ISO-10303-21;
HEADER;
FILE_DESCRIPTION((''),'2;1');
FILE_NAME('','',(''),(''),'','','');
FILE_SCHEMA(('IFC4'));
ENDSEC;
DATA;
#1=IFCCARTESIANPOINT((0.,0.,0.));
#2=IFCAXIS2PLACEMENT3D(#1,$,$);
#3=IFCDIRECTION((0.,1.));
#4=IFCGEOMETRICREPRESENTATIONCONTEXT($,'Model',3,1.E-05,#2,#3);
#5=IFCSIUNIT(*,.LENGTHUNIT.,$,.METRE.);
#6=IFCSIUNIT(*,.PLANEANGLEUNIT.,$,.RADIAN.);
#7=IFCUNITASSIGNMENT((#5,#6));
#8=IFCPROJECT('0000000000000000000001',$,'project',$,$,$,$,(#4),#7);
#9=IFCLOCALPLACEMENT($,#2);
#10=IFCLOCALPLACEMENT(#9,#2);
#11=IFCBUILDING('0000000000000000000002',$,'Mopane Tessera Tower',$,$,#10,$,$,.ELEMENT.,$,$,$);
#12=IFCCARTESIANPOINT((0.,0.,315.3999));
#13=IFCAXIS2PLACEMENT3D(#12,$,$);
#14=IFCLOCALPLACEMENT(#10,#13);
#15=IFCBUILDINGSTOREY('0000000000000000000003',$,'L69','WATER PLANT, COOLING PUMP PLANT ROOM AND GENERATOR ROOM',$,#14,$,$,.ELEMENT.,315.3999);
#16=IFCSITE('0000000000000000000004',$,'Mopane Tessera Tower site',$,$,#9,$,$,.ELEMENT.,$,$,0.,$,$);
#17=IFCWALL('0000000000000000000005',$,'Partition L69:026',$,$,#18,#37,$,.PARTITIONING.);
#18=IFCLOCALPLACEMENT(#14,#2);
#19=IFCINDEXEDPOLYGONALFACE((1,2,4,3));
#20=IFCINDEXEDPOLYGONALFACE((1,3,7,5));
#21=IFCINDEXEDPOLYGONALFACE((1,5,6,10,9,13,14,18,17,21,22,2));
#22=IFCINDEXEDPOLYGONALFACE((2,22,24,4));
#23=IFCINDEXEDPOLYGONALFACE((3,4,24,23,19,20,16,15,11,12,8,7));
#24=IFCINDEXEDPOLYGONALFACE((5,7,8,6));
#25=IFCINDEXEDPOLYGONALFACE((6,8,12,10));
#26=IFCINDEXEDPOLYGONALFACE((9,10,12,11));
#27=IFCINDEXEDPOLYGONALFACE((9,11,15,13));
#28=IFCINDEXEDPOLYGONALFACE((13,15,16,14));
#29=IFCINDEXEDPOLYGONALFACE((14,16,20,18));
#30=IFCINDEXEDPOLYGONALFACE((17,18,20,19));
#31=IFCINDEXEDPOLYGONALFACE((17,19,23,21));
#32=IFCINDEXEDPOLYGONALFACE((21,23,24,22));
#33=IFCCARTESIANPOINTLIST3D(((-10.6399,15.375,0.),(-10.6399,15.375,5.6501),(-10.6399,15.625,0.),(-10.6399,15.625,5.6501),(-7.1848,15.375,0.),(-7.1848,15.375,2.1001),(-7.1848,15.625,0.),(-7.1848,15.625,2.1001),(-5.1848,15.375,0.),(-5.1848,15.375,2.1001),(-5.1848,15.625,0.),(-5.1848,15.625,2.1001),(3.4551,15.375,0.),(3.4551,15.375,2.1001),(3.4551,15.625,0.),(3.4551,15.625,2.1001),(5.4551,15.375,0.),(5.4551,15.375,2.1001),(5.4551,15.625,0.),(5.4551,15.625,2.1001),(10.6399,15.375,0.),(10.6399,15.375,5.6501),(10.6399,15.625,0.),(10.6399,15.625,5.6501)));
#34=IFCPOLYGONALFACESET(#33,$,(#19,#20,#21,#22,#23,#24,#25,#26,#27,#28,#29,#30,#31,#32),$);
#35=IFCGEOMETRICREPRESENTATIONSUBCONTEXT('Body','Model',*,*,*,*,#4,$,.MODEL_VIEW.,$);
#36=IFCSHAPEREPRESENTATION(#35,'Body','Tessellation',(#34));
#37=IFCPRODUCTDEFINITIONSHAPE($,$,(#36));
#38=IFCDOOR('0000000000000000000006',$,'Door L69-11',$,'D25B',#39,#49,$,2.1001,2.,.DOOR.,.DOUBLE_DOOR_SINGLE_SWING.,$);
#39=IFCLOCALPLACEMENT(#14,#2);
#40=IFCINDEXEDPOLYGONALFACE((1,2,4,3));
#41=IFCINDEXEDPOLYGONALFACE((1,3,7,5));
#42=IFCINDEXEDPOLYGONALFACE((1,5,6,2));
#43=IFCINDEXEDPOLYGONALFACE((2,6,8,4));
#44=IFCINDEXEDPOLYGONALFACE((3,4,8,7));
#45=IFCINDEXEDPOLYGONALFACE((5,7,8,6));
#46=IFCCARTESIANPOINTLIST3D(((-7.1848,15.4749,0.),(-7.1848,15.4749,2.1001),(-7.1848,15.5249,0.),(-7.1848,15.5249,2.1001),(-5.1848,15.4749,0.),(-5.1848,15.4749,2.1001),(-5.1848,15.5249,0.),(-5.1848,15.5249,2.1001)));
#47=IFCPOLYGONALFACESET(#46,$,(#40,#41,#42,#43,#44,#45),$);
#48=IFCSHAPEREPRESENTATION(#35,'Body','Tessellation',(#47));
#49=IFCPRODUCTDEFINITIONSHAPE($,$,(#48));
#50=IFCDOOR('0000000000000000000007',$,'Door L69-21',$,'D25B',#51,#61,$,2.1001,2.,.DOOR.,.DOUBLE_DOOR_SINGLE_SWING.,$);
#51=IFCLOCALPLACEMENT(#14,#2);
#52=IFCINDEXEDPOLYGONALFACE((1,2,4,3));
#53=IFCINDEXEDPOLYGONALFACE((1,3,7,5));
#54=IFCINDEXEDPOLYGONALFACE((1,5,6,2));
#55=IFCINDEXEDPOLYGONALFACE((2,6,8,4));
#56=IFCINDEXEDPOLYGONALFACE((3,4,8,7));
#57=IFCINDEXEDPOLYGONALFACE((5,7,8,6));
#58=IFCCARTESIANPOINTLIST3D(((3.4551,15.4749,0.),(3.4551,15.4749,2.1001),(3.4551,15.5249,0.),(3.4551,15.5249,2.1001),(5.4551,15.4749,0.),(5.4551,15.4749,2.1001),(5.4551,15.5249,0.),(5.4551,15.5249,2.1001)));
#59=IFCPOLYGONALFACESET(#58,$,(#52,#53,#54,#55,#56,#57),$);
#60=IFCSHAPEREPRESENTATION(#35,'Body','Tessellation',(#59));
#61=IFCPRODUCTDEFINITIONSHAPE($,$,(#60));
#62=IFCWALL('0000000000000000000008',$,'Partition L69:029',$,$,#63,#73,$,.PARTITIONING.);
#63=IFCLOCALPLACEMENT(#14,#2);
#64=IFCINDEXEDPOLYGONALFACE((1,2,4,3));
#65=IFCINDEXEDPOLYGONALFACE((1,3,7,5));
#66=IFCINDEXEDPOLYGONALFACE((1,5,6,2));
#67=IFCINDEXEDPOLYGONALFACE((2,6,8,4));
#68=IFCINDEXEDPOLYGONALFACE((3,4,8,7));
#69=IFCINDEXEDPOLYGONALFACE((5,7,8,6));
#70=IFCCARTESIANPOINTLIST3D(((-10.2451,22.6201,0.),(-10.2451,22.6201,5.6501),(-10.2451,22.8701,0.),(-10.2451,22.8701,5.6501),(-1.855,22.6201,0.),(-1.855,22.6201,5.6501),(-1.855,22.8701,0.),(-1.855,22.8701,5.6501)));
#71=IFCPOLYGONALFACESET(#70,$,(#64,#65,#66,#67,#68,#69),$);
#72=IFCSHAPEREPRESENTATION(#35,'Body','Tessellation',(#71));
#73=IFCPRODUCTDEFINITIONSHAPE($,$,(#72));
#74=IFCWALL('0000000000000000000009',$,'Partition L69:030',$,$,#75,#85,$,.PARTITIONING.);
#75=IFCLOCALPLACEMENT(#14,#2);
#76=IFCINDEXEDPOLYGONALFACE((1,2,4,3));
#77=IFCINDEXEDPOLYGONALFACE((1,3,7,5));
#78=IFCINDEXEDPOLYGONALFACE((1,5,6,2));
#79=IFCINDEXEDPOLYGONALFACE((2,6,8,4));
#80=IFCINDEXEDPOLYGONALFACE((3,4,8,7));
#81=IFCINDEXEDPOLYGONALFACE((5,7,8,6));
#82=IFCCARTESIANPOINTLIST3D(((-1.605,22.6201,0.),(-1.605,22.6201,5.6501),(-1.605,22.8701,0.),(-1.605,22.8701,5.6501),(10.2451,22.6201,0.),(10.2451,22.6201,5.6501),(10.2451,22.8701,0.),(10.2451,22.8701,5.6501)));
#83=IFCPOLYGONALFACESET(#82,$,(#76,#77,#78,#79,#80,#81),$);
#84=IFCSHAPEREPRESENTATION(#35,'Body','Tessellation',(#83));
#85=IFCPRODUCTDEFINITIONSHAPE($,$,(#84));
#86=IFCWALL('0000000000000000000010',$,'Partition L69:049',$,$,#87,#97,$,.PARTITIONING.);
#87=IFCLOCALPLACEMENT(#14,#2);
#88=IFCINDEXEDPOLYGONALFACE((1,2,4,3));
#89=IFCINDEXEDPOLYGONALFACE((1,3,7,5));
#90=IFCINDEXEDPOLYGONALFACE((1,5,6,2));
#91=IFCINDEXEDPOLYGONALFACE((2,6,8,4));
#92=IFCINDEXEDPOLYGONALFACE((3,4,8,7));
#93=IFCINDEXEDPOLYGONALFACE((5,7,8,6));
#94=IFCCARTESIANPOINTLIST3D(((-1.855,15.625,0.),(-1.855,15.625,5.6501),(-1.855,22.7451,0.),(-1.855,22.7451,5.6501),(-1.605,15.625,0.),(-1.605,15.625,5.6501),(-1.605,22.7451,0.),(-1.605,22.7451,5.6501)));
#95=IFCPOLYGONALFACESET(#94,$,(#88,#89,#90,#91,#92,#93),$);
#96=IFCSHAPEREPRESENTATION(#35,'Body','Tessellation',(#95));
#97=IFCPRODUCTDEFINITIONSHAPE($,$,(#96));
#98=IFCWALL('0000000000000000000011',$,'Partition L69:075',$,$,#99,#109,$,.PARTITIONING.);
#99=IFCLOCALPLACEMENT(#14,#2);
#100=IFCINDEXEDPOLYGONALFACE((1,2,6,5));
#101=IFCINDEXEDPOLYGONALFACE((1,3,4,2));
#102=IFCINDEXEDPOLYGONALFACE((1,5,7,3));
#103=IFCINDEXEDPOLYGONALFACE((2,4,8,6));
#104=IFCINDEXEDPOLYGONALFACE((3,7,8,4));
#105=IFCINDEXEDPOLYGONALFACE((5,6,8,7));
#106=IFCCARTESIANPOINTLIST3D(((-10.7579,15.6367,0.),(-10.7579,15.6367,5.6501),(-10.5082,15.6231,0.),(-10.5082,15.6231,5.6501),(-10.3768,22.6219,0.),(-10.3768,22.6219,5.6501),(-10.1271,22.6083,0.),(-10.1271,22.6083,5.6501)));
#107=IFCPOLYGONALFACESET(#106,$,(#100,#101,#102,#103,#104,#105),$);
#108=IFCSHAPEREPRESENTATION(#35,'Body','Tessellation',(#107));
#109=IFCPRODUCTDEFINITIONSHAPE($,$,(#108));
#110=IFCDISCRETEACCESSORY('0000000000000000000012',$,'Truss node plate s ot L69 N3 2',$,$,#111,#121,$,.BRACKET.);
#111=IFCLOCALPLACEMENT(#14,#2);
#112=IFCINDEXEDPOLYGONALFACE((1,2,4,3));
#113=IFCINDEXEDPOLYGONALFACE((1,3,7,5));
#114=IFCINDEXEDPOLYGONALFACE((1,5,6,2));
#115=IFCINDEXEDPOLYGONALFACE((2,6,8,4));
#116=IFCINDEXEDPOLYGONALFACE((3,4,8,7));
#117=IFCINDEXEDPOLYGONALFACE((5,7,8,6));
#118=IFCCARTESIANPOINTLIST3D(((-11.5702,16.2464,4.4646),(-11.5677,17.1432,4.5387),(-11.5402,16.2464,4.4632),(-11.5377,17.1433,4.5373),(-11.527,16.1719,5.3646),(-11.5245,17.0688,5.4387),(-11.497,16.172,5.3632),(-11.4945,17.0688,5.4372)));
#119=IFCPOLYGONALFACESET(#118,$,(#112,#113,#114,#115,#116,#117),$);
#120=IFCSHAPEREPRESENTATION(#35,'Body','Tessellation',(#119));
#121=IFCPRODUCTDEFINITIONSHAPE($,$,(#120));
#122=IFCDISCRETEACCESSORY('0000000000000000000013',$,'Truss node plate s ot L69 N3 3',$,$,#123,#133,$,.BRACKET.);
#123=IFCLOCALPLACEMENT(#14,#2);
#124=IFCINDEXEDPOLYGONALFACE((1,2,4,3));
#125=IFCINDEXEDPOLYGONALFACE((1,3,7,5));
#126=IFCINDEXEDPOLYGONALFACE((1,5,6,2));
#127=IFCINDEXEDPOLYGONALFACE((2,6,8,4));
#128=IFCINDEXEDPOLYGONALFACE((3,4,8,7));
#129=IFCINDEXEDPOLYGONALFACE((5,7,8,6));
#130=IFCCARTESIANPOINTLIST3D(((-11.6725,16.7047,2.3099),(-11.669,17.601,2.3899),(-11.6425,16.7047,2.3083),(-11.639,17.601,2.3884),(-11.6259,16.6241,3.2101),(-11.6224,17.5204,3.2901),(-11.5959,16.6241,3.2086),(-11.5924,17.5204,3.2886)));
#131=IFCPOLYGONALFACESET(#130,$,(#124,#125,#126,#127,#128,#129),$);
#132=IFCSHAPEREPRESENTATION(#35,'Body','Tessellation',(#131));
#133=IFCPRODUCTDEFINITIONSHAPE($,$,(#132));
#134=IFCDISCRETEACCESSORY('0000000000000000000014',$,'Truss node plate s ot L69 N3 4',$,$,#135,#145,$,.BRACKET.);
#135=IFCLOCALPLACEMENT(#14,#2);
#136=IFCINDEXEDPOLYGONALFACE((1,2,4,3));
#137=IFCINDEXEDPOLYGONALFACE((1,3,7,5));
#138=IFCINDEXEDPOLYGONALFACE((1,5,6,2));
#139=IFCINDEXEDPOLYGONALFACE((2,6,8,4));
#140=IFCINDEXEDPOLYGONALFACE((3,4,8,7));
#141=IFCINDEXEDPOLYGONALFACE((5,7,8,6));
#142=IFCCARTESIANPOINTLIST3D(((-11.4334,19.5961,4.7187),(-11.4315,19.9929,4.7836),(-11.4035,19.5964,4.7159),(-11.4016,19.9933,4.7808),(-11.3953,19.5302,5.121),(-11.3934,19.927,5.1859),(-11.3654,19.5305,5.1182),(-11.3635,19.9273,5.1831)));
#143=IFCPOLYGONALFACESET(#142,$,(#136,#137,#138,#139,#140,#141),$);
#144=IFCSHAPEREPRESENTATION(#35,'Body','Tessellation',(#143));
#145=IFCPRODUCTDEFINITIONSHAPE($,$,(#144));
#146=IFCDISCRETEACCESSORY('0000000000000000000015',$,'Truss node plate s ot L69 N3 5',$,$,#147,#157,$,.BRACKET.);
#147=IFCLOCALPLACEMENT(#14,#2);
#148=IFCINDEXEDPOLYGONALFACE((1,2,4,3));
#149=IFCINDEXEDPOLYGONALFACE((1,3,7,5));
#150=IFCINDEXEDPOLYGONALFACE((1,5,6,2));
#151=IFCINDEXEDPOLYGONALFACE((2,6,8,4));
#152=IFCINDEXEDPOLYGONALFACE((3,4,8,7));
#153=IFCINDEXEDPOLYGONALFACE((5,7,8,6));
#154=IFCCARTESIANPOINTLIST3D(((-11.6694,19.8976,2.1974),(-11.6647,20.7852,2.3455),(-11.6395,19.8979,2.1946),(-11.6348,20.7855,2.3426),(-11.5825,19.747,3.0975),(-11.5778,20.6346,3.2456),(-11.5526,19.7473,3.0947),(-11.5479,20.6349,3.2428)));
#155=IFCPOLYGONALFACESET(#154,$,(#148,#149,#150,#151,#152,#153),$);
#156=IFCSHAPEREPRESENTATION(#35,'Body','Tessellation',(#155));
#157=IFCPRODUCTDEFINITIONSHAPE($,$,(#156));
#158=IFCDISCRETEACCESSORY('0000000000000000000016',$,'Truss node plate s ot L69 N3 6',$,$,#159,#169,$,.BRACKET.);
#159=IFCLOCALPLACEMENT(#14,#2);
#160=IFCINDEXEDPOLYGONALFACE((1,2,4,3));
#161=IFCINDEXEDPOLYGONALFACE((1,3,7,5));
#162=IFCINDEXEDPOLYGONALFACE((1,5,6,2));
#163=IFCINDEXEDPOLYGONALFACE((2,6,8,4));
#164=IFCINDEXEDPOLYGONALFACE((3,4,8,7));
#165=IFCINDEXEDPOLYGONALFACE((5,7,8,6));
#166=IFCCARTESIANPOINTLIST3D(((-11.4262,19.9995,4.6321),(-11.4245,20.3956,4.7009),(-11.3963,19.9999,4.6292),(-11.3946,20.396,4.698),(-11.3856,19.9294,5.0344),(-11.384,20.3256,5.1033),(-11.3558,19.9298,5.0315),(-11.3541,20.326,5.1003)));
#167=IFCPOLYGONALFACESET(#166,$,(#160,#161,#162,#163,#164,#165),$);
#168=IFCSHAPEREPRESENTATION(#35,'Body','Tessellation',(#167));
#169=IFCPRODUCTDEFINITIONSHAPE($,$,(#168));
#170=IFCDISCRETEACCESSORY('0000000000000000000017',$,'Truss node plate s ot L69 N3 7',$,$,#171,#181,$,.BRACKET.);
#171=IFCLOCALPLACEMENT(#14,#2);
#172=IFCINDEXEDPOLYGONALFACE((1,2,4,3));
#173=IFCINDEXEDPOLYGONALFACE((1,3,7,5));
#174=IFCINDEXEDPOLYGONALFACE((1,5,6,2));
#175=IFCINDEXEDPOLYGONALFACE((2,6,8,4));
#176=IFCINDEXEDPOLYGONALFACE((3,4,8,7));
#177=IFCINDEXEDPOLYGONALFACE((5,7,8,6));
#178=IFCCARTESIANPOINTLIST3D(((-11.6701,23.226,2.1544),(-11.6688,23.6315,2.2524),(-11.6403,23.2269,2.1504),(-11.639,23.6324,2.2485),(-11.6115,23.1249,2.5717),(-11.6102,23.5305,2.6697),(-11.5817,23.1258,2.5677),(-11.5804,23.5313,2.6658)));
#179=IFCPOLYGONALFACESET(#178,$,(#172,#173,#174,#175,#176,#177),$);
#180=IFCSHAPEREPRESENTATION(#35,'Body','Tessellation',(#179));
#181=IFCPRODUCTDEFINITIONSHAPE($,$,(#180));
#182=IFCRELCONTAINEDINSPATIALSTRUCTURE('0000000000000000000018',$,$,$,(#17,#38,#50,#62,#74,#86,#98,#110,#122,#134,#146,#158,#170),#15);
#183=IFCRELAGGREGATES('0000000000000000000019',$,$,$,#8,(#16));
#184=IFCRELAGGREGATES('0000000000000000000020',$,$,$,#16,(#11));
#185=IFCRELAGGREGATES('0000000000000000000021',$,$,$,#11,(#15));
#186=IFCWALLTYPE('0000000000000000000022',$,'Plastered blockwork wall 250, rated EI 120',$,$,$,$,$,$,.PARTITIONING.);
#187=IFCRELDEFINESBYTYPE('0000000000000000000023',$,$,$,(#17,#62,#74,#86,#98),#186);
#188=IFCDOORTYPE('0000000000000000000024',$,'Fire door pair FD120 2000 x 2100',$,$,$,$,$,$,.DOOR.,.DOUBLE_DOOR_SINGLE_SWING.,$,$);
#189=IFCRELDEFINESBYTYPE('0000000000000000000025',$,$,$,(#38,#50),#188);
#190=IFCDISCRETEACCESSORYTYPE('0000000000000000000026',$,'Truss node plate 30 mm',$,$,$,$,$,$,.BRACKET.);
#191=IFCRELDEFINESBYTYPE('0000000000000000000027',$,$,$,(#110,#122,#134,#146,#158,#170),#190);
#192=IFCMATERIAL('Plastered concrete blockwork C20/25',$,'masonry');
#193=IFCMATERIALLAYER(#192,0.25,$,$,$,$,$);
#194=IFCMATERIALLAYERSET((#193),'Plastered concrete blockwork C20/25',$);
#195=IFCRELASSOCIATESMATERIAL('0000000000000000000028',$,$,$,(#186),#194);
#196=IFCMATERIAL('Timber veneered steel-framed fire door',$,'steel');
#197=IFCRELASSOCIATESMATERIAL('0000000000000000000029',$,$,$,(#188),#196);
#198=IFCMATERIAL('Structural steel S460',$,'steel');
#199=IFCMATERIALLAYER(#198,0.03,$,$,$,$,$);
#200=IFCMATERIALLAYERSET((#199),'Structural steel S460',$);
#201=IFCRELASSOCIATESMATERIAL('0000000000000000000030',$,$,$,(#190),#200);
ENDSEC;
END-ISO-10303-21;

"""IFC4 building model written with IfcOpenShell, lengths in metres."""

from ifc_helpers import new_model, si_unit, direction, frame, frame_2d, origin, origin_2d, place, context, subcontext, project, spatial, rectangle, extrude, material, layer, layer_set, type_object, element, fill, save


model = new_model("IFC4")

# Units and contexts
model_context = context("Model", 3, precision=1e-05, world=origin(), true_north=direction((0.0, 1.0)))
body_context = subcontext(model_context, "Body", "Model", "MODEL_VIEW")
ifc_project = project(units=[si_unit("LENGTHUNIT", "METRE"), si_unit("PLANEANGLEUNIT", "RADIAN")], contexts=[model_context])

# Site, building, storey
site_placement = place(None, origin())
site = spatial("IfcSite", under=ifc_project, at=site_placement, Name="Mopane Tessera Tower site", CompositionType="ELEMENT", RefElevation=0.0)
building_placement = place(site_placement, origin())
building = spatial("IfcBuilding", under=site, at=building_placement, Name="Mopane Tessera Tower", CompositionType="ELEMENT")
storey_placement = place(building_placement, frame((0.0, 0.0, 315.3999)))
storey = spatial("IfcBuildingStorey", under=building, at=storey_placement, Name="L69", Description="WATER PLANT, COOLING PUMP PLANT ROOM AND GENERATOR ROOM", CompositionType="ELEMENT", Elevation=315.3999)

# Wall, openings, doors
ifc_material_1 = material(Name="Plastered concrete blockwork C20/25", Category="masonry")
ifc_layer_1 = layer(ifc_material_1, 0.25)
ifc_layer_set_1 = layer_set([ifc_layer_1], Name="Plastered concrete blockwork C20/25")
wall_type = type_object("IfcWallType", Name="Plastered blockwork wall 250, rated EI 120", PredefinedType="PARTITIONING", material=ifc_layer_set_1)
wall_1_placement = place(storey_placement, frame((-10.6399, 15.5, 0.0), z_axis=(0.0, 0.0, 1.0), x_axis=(1.0, 0.0, 0.0)))
wall_1 = element("IfcWall", 1, at=wall_1_placement, inside=storey, type_object=wall_type, Name="Partition L69:026", PredefinedType="PARTITIONING", context=body_context, shape_type="SweptSolid", body=[
    extrude(rectangle(XDim=21.2798, YDim=0.25, at=frame_2d((10.6399, 0.0))), origin(), (0.0, 0.0, 1.0), 5.6501),
])
opening_1_placement = place(wall_1_placement, frame((3.4551, 0.0, 0.0)))
opening_1 = element("IfcOpeningElement", 2, at=opening_1_placement, cuts=wall_1, PredefinedType="OPENING", context=body_context, shape_type="SweptSolid", body=[
    extrude(rectangle(XDim=2.0, YDim=2.1001, at=frame_2d((1.0, 1.05))), frame((0.0, 0.137, 0.0), z_axis=(0.0, -1.0, 0.0), x_axis=(1.0, 0.0, 0.0)), (0.0, 0.0, 1.0), 0.2739),
])
opening_2_placement = place(wall_1_placement, frame((14.095, 0.0, 0.0)))
opening_2 = element("IfcOpeningElement", 3, at=opening_2_placement, cuts=wall_1, PredefinedType="OPENING", context=body_context, shape_type="SweptSolid", body=[
    extrude(rectangle(XDim=2.0, YDim=2.1001, at=frame_2d((1.0, 1.05))), frame((0.0, 0.137, 0.0), z_axis=(0.0, -1.0, 0.0), x_axis=(1.0, 0.0, 0.0)), (0.0, 0.0, 1.0), 0.2739),
])
ifc_material_2 = material(Name="Timber veneered steel-framed fire door", Category="steel")
door_type = type_object("IfcDoorType", Name="Fire door pair FD120 2000 x 2100", OperationType="DOUBLE_DOOR_SINGLE_SWING", PredefinedType="DOOR", material=ifc_material_2)
door_1_placement = place(opening_1_placement, origin())
door_1 = element("IfcDoor", 4, at=door_1_placement, inside=storey, type_object=door_type, Name="Door L69-11", ObjectType="D25B", OperationType="DOUBLE_DOOR_SINGLE_SWING", OverallHeight=2.1001, OverallWidth=2.0, PredefinedType="DOOR", context=body_context, shape_type="SweptSolid", body=[
    extrude(rectangle(XDim=2.0, YDim=2.1001, at=frame_2d((1.0, 1.05))), frame((0.0, 0.0249, 0.0), z_axis=(0.0, -1.0, 0.0), x_axis=(1.0, 0.0, 0.0)), (0.0, 0.0, 1.0), 0.05),
])
fill(opening_1, door_1)
door_2_placement = place(opening_2_placement, origin())
door_2 = element("IfcDoor", 5, at=door_2_placement, inside=storey, type_object=door_type, Name="Door L69-21", ObjectType="D25B", OperationType="DOUBLE_DOOR_SINGLE_SWING", OverallHeight=2.1001, OverallWidth=2.0, PredefinedType="DOOR", context=body_context, shape_type="SweptSolid", body=[
    extrude(rectangle(XDim=2.0, YDim=2.1001, at=frame_2d((1.0, 1.05))), frame((0.0, 0.0249, 0.0), z_axis=(0.0, -1.0, 0.0), x_axis=(1.0, 0.0, 0.0)), (0.0, 0.0, 1.0), 0.05),
])
fill(opening_2, door_2)

# Walls
wall_2_placement = place(storey_placement, frame((-10.2451, 22.7451, 0.0), z_axis=(0.0, 0.0, 1.0), x_axis=(1.0, 0.0, 0.0)))
element("IfcWall", 6, at=wall_2_placement, inside=storey, type_object=wall_type, Name="Partition L69:029", PredefinedType="PARTITIONING", context=body_context, shape_type="SweptSolid", body=[
    extrude(rectangle(XDim=8.3901, YDim=0.25, at=frame_2d((4.1951, 0.0))), origin(), (0.0, 0.0, 1.0), 5.6501),
])
wall_3_placement = place(storey_placement, frame((-1.605, 22.7451, 0.0), z_axis=(0.0, 0.0, 1.0), x_axis=(1.0, 0.0, 0.0)))
element("IfcWall", 7, at=wall_3_placement, inside=storey, type_object=wall_type, Name="Partition L69:030", PredefinedType="PARTITIONING", context=body_context, shape_type="SweptSolid", body=[
    extrude(rectangle(XDim=11.8501, YDim=0.25, at=frame_2d((5.925, 0.0))), origin(), (0.0, 0.0, 1.0), 5.6501),
])
wall_4_placement = place(storey_placement, frame((-1.73, 15.625, 0.0), z_axis=(0.0, 0.0, 1.0), x_axis=(0.0, 1.0, 0.0)))
element("IfcWall", 8, at=wall_4_placement, inside=storey, type_object=wall_type, Name="Partition L69:049", PredefinedType="PARTITIONING", context=body_context, shape_type="SweptSolid", body=[
    extrude(rectangle(XDim=7.1201, YDim=0.25, at=frame_2d((3.5601, 0.0))), origin(), (0.0, 0.0, 1.0), 5.6501),
])
wall_5_placement = place(storey_placement, frame((-10.6331, 15.6299, 0.0), z_axis=(0.0, 0.0, 1.0), x_axis=(0.054478, 0.998515, 0.0)))
element("IfcWall", 9, at=wall_5_placement, inside=storey, type_object=wall_type, Name="Partition L69:075", PredefinedType="PARTITIONING", context=body_context, shape_type="SweptSolid", body=[
    extrude(rectangle(XDim=6.9956, YDim=0.25, at=frame_2d((3.4978, 0.0))), origin(), (0.0, 0.0, 1.0), 5.6501),
])

# Discrete accessories
ifc_material_3 = material(Name="Structural steel S460", Category="steel")
ifc_layer_2 = layer(ifc_material_3, 0.03)
ifc_layer_set_2 = layer_set([ifc_layer_2], Name="Structural steel S460")
discrete_accessory_type = type_object("IfcDiscreteAccessoryType", Name="Truss node plate 30 mm", PredefinedType="BRACKET", material=ifc_layer_set_2)
discrete_accessory_1_placement = place(storey_placement, frame((-11.554, 16.6948, 4.501), z_axis=(0.047801, -0.082369, 0.995455), x_axis=(-0.998853, -0.001203, 0.047865)))
element("IfcDiscreteAccessory", 10, at=discrete_accessory_1_placement, inside=storey, type_object=discrete_accessory_type, Name="Truss node plate s ot L69 N3 2", PredefinedType="BRACKET", context=body_context, shape_type="SweptSolid", body=[
    extrude(rectangle(XDim=0.03, YDim=0.8999, at=origin_2d()), origin(), (0.0, 0.0, 1.0), 0.9041),
])
discrete_accessory_2_placement = place(storey_placement, frame((-11.6558, 17.1528, 2.3491), z_axis=(0.051529, -0.089029, 0.994695), x_axis=(-0.998664, -0.00072, 0.05167)))
element("IfcDiscreteAccessory", 11, at=discrete_accessory_2_placement, inside=storey, type_object=discrete_accessory_type, Name="Truss node plate s ot L69 N3 3", PredefinedType="BRACKET", context=body_context, shape_type="SweptSolid", body=[
    extrude(rectangle(XDim=0.03, YDim=0.8999, at=origin_2d()), origin(), (0.0, 0.0, 1.0), 0.905),
])
discrete_accessory_3_placement = place(storey_placement, frame((-11.4175, 19.7947, 4.7498), z_axis=(0.09301, -0.160979, 0.982566), x_axis=(-0.995655, -0.010499, 0.092529)))
element("IfcDiscreteAccessory", 12, at=discrete_accessory_3_placement, inside=storey, type_object=discrete_accessory_type, Name="Truss node plate s ot L69 N3 4", PredefinedType="BRACKET", context=body_context, shape_type="SweptSolid", body=[
    extrude(rectangle(XDim=0.03, YDim=0.4021, at=origin_2d()), origin(), (0.0, 0.0, 1.0), 0.4094),
])
discrete_accessory_4_placement = place(storey_placement, frame((-11.6521, 20.3416, 2.27), z_axis=(0.094802, -0.164306, 0.981843), x_axis=(-0.995483, -0.010531, 0.094357)))
element("IfcDiscreteAccessory", 13, at=discrete_accessory_4_placement, inside=storey, type_object=discrete_accessory_type, Name="Truss node plate s ot L69 N3 5", PredefinedType="BRACKET", context=body_context, shape_type="SweptSolid", body=[
    extrude(rectangle(XDim=0.03, YDim=0.8999, at=origin_2d()), origin(), (0.0, 0.0, 1.0), 0.9167),
])
discrete_accessory_5_placement = place(storey_placement, frame((-11.4104, 20.1978, 4.665), z_axis=(0.09875, -0.17073, 0.980357), x_axis=(-0.995104, -0.012848, 0.097997)))
element("IfcDiscreteAccessory", 14, at=discrete_accessory_5_placement, inside=storey, type_object=discrete_accessory_type, Name="Truss node plate s ot L69 N3 6", PredefinedType="BRACKET", context=body_context, shape_type="SweptSolid", body=[
    extrude(rectangle(XDim=0.03, YDim=0.4021, at=origin_2d()), origin(), (0.0, 0.0, 1.0), 0.4104),
])
discrete_accessory_6_placement = place(storey_placement, frame((-11.6545, 23.4292, 2.2014), z_axis=(0.135232, -0.233275, 0.962962), x_axis=(-0.990809, -0.028803, 0.132165)))
element("IfcDiscreteAccessory", 15, at=discrete_accessory_6_placement, inside=storey, type_object=discrete_accessory_type, Name="Truss node plate s ot L69 N3 7", PredefinedType="BRACKET", context=body_context, shape_type="SweptSolid", body=[
    extrude(rectangle(XDim=0.03, YDim=0.4172, at=origin_2d()), origin(), (0.0, 0.0, 1.0), 0.4333),
])

save(model, "model.ifc")
